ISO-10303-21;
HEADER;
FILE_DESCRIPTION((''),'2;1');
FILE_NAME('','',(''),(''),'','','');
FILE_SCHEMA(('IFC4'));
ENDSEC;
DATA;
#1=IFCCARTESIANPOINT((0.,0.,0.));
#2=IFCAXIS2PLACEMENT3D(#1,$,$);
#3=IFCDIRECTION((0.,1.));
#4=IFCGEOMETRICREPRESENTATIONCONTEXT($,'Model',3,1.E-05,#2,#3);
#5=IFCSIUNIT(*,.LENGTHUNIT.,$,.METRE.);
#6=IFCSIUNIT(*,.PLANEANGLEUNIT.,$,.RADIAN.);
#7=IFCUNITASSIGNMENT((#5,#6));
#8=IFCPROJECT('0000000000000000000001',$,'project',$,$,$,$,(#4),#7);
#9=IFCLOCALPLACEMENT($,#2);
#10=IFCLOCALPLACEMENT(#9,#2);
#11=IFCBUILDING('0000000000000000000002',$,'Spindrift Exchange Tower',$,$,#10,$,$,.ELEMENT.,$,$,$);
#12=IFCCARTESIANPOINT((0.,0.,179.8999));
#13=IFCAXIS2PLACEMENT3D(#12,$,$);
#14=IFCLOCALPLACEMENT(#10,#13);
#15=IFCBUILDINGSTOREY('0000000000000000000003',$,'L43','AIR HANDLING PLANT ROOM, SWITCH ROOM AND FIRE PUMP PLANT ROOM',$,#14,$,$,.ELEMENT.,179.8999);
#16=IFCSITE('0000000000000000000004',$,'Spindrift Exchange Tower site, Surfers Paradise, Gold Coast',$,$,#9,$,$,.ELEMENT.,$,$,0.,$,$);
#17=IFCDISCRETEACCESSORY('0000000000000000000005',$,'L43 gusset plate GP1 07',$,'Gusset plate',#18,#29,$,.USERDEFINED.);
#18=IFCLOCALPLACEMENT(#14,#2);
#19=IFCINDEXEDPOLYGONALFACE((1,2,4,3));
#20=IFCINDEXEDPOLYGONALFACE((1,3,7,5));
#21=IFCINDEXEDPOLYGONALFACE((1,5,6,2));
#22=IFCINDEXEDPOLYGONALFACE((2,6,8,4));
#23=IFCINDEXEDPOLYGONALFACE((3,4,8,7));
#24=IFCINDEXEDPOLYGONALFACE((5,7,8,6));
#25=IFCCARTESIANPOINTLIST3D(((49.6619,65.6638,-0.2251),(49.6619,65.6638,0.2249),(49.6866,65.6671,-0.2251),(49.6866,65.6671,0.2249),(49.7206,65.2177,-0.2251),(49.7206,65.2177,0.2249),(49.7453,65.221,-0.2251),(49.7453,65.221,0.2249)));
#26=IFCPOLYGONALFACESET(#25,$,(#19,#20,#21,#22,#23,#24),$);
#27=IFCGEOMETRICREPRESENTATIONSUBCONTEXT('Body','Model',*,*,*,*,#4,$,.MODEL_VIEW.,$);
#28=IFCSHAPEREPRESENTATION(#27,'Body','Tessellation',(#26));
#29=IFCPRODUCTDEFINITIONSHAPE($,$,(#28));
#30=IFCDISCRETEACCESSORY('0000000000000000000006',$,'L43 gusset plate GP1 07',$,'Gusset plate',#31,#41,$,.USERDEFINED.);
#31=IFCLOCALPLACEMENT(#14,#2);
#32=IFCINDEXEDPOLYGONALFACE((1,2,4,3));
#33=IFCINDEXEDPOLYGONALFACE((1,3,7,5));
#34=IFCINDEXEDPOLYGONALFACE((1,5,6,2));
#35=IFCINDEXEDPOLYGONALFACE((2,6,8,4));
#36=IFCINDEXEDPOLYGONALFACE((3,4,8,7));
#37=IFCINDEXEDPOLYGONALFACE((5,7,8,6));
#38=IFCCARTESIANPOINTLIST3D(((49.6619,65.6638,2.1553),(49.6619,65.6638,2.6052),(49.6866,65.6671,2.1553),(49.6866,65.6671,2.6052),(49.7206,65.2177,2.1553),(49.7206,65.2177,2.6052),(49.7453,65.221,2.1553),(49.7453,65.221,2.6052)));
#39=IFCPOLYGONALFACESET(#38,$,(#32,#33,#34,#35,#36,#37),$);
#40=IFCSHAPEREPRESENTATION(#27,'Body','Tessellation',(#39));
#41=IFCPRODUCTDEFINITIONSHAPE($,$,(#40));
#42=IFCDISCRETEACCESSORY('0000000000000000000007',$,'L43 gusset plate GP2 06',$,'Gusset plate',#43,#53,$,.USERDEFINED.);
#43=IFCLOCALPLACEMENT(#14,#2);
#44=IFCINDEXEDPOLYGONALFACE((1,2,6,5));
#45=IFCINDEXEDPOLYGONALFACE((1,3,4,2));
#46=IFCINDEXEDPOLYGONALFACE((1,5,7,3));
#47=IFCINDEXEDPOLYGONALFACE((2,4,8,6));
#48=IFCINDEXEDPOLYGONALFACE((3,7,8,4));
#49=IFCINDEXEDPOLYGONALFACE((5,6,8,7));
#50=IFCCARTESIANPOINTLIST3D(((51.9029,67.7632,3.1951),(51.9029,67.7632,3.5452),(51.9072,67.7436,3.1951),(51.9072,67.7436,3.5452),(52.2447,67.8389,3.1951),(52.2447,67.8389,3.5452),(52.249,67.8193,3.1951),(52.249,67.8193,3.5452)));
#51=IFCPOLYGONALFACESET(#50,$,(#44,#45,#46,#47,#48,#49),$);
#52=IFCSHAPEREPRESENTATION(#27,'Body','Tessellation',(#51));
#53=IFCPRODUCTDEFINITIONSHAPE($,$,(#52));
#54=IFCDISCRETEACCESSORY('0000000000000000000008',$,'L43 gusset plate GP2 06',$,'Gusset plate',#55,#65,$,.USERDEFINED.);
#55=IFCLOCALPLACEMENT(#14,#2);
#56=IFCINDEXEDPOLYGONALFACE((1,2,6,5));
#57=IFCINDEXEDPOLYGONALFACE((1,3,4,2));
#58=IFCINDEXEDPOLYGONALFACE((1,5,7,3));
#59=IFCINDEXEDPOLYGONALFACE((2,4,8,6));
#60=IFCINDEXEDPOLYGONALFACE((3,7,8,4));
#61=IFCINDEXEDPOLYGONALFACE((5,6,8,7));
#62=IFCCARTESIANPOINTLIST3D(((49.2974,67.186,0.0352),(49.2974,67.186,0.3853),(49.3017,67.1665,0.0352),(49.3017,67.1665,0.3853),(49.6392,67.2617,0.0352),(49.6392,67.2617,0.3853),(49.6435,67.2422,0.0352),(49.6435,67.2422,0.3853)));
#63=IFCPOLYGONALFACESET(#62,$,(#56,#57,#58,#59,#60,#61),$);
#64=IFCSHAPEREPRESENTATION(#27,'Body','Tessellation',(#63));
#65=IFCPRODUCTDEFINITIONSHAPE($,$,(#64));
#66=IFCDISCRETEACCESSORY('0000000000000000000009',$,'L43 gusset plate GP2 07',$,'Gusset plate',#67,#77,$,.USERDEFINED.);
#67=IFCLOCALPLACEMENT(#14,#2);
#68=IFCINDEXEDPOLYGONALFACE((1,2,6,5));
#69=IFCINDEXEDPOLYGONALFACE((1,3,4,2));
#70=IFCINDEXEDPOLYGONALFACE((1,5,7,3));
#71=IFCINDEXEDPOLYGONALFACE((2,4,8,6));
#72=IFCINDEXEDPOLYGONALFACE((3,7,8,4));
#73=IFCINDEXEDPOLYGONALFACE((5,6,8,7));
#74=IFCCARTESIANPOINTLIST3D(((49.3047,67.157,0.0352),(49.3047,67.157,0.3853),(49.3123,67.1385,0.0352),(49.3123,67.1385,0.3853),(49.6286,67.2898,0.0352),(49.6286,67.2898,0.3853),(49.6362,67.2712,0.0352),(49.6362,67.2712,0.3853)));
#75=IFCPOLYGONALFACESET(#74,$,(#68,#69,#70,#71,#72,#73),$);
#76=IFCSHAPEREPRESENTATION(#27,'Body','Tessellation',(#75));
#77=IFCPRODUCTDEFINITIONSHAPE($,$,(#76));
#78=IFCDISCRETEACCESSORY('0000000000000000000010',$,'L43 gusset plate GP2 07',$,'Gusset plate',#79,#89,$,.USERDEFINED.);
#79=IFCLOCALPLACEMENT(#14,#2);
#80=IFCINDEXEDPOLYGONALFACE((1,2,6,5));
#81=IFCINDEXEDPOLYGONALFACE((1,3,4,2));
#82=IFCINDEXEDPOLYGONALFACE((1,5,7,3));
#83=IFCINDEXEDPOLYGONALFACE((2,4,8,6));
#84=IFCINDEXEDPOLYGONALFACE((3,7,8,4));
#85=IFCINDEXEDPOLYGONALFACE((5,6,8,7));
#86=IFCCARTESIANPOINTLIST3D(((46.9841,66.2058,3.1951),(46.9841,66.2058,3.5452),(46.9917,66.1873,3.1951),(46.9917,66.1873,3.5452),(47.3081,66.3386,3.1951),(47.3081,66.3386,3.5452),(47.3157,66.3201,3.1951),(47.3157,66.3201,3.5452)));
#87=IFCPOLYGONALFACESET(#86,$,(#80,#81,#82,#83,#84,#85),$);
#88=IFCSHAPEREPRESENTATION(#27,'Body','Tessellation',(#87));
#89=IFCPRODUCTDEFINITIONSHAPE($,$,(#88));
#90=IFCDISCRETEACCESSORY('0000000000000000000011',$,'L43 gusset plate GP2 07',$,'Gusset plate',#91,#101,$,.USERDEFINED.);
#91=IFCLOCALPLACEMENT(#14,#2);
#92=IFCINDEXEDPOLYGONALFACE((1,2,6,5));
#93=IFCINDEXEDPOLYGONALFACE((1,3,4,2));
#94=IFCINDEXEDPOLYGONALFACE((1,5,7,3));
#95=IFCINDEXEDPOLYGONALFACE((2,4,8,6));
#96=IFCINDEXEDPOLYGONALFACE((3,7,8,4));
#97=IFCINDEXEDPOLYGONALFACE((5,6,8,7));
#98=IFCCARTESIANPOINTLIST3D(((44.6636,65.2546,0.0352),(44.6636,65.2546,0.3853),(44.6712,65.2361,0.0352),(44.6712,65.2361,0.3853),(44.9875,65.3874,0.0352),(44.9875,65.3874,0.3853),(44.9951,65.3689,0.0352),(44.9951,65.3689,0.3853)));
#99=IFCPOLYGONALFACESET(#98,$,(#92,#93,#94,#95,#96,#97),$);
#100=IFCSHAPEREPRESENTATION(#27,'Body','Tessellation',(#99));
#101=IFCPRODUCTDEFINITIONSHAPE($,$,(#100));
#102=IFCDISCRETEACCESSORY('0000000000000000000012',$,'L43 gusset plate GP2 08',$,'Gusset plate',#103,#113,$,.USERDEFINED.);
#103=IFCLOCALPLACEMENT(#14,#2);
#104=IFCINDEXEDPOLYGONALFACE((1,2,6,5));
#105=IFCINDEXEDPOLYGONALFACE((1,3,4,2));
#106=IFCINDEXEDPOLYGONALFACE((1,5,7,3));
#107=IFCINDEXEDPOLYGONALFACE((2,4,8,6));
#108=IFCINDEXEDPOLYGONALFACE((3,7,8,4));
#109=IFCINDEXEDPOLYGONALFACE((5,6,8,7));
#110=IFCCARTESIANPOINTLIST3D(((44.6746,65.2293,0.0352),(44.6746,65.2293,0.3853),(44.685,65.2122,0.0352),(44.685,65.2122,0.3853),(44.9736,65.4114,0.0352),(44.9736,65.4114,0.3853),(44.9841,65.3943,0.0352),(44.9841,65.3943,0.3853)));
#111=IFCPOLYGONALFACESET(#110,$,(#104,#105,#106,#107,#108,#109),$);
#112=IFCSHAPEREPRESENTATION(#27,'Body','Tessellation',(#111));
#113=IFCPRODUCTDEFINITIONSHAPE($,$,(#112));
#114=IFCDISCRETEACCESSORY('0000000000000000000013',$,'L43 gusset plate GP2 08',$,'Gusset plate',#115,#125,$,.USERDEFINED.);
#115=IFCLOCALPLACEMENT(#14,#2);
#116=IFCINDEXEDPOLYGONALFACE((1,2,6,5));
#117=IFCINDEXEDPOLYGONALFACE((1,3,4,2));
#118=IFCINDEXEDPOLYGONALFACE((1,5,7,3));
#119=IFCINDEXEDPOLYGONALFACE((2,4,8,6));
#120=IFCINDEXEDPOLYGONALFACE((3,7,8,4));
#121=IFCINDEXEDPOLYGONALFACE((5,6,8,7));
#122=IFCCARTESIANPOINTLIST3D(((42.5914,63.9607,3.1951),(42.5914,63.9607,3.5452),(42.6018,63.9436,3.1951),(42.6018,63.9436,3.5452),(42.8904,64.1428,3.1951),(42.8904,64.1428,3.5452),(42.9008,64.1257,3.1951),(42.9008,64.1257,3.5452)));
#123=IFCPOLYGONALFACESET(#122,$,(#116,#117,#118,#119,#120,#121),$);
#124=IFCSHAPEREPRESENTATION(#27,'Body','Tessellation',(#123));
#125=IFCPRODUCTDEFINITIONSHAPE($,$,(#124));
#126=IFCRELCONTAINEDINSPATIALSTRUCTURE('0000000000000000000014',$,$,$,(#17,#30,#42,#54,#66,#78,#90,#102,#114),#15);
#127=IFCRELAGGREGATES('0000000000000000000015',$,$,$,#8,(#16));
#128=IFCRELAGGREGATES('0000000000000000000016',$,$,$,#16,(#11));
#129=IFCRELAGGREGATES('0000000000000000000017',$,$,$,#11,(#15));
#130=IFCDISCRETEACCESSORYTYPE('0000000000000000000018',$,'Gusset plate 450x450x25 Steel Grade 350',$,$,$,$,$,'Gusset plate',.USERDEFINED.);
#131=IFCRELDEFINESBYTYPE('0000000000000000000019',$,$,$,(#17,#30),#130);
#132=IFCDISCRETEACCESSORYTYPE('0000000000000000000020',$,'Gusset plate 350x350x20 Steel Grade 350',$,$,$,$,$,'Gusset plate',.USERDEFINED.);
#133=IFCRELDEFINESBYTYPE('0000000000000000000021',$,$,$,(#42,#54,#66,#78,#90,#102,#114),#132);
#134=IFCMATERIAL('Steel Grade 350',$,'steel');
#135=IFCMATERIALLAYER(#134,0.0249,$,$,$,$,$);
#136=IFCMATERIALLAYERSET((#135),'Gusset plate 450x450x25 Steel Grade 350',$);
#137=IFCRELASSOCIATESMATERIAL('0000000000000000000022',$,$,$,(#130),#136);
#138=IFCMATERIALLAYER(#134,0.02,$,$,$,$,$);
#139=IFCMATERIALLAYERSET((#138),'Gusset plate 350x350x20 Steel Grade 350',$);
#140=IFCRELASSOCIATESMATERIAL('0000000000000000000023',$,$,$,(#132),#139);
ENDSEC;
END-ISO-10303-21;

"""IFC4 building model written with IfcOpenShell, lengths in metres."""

from ifc_helpers import new_model, si_unit, direction, frame, origin, origin_2d, place, context, subcontext, project, spatial, rectangle, extrude, source, transform, mapped, material, layer, layer_set, type_object, element, save


model = new_model("IFC4")

# Units and contexts
model_context = context("Model", 3, precision=1e-05, world=origin(), true_north=direction((0.0, 1.0)))
body_context = subcontext(model_context, "Body", "Model", "MODEL_VIEW")
ifc_project = project(units=[si_unit("LENGTHUNIT", "METRE"), si_unit("PLANEANGLEUNIT", "RADIAN")], contexts=[model_context])

# Site, building, storey
site_placement = place(None, origin())
site = spatial("IfcSite", under=ifc_project, at=site_placement, Name="Spindrift Exchange Tower site, Surfers Paradise, Gold Coast", CompositionType="ELEMENT", RefElevation=0.0)
building_placement = place(site_placement, origin())
building = spatial("IfcBuilding", under=site, at=building_placement, Name="Spindrift Exchange Tower", CompositionType="ELEMENT")
storey_placement = place(building_placement, frame((0.0, 0.0, 179.8999)))
storey = spatial("IfcBuildingStorey", under=building, at=storey_placement, Name="L43", Description="AIR HANDLING PLANT ROOM, SWITCH ROOM AND FIRE PUMP PLANT ROOM", CompositionType="ELEMENT", Elevation=179.8999)

# Shared definitions
ifc_material_1 = material(Name="Steel Grade 350", Category="steel")

# Discrete accessories
ifc_layer_1 = layer(ifc_material_1, 0.0249)
ifc_layer_set_1 = layer_set([ifc_layer_1], Name="Gusset plate 450x450x25 Steel Grade 350")
discrete_accessory_type_1 = type_object("IfcDiscreteAccessoryType", Name="Gusset plate 450x450x25 Steel Grade 350", ElementType="Gusset plate", PredefinedType="USERDEFINED", material=ifc_layer_set_1)
shared_shape_1 = source(origin(), body_context, "Body", "SweptSolid", [
    extrude(rectangle(XDim=0.45, YDim=0.0249, at=origin_2d()), origin(), (0.0, 0.0, 1.0), 0.45),
])
for number, where, z_axis, x_axis, name in (
    (1, (49.7036, 65.4424, -0.2251), (0.0, 0.0, 1.0), (-0.130526, 0.991445, 0.0), "L43 gusset plate GP1 07"),
    (2, (49.7036, 65.4424, 2.1553), (0.0, 0.0, 1.0), (-0.130526, 0.991445, 0.0), "L43 gusset plate GP1 07"),
):
    element("IfcDiscreteAccessory", number, at=place(storey_placement, frame(where, z_axis=z_axis, x_axis=x_axis)), inside=storey, type_object=discrete_accessory_type_1, Name=name, ObjectType="Gusset plate", PredefinedType="USERDEFINED", context=body_context, shape_type="MappedRepresentation", body=[
        mapped(shared_shape_1, transform((0.0, 0.0, 0.0), scale=1.0)),
    ])
ifc_layer_2 = layer(ifc_material_1, 0.02)
ifc_layer_set_2 = layer_set([ifc_layer_2], Name="Gusset plate 350x350x20 Steel Grade 350")
discrete_accessory_type_2 = type_object("IfcDiscreteAccessoryType", Name="Gusset plate 350x350x20 Steel Grade 350", ElementType="Gusset plate", PredefinedType="USERDEFINED", material=ifc_layer_set_2)
shared_shape_2 = source(origin(), body_context, "Body", "SweptSolid", [
    extrude(rectangle(XDim=0.3501, YDim=0.02, at=origin_2d()), origin(), (0.0, 0.0, 1.0), 0.3501),
])
for number, where, z_axis, x_axis, name in (
    (3, (52.0759, 67.7913, 3.1951), (0.0, 0.0, 1.0), (-0.976345, -0.216216, 0.0), "L43 gusset plate GP2 06"),
    (4, (49.4705, 67.2141, 0.0352), (0.0, 0.0, 1.0), (-0.976347, -0.216208, 0.0), "L43 gusset plate GP2 06"),
    (5, (49.4705, 67.2141, 0.0352), (0.0, 0.0, 1.0), (-0.925273, -0.379303, 0.0), "L43 gusset plate GP2 07"),
    (6, (47.1499, 66.2629, 3.1951), (0.0, 0.0, 1.0), (-0.925273, -0.379303, 0.0), "L43 gusset plate GP2 07"),
    (7, (44.8293, 65.3118, 0.0352), (0.0, 0.0, 1.0), (-0.925281, -0.379283, 0.0), "L43 gusset plate GP2 07"),
    (8, (44.8293, 65.3118, 0.0352), (0.0, 0.0, 1.0), (-0.854103, -0.520104, 0.0), "L43 gusset plate GP2 08"),
    (9, (42.7461, 64.0432, 3.1951), (0.0, 0.0, 1.0), (-0.854103, -0.520104, 0.0), "L43 gusset plate GP2 08"),
):
    element("IfcDiscreteAccessory", number, at=place(storey_placement, frame(where, z_axis=z_axis, x_axis=x_axis)), inside=storey, type_object=discrete_accessory_type_2, Name=name, ObjectType="Gusset plate", PredefinedType="USERDEFINED", context=body_context, shape_type="MappedRepresentation", body=[
        mapped(shared_shape_2, transform((0.0, 0.0, 0.0), scale=1.0)),
    ])

save(model, "model.ifc")
